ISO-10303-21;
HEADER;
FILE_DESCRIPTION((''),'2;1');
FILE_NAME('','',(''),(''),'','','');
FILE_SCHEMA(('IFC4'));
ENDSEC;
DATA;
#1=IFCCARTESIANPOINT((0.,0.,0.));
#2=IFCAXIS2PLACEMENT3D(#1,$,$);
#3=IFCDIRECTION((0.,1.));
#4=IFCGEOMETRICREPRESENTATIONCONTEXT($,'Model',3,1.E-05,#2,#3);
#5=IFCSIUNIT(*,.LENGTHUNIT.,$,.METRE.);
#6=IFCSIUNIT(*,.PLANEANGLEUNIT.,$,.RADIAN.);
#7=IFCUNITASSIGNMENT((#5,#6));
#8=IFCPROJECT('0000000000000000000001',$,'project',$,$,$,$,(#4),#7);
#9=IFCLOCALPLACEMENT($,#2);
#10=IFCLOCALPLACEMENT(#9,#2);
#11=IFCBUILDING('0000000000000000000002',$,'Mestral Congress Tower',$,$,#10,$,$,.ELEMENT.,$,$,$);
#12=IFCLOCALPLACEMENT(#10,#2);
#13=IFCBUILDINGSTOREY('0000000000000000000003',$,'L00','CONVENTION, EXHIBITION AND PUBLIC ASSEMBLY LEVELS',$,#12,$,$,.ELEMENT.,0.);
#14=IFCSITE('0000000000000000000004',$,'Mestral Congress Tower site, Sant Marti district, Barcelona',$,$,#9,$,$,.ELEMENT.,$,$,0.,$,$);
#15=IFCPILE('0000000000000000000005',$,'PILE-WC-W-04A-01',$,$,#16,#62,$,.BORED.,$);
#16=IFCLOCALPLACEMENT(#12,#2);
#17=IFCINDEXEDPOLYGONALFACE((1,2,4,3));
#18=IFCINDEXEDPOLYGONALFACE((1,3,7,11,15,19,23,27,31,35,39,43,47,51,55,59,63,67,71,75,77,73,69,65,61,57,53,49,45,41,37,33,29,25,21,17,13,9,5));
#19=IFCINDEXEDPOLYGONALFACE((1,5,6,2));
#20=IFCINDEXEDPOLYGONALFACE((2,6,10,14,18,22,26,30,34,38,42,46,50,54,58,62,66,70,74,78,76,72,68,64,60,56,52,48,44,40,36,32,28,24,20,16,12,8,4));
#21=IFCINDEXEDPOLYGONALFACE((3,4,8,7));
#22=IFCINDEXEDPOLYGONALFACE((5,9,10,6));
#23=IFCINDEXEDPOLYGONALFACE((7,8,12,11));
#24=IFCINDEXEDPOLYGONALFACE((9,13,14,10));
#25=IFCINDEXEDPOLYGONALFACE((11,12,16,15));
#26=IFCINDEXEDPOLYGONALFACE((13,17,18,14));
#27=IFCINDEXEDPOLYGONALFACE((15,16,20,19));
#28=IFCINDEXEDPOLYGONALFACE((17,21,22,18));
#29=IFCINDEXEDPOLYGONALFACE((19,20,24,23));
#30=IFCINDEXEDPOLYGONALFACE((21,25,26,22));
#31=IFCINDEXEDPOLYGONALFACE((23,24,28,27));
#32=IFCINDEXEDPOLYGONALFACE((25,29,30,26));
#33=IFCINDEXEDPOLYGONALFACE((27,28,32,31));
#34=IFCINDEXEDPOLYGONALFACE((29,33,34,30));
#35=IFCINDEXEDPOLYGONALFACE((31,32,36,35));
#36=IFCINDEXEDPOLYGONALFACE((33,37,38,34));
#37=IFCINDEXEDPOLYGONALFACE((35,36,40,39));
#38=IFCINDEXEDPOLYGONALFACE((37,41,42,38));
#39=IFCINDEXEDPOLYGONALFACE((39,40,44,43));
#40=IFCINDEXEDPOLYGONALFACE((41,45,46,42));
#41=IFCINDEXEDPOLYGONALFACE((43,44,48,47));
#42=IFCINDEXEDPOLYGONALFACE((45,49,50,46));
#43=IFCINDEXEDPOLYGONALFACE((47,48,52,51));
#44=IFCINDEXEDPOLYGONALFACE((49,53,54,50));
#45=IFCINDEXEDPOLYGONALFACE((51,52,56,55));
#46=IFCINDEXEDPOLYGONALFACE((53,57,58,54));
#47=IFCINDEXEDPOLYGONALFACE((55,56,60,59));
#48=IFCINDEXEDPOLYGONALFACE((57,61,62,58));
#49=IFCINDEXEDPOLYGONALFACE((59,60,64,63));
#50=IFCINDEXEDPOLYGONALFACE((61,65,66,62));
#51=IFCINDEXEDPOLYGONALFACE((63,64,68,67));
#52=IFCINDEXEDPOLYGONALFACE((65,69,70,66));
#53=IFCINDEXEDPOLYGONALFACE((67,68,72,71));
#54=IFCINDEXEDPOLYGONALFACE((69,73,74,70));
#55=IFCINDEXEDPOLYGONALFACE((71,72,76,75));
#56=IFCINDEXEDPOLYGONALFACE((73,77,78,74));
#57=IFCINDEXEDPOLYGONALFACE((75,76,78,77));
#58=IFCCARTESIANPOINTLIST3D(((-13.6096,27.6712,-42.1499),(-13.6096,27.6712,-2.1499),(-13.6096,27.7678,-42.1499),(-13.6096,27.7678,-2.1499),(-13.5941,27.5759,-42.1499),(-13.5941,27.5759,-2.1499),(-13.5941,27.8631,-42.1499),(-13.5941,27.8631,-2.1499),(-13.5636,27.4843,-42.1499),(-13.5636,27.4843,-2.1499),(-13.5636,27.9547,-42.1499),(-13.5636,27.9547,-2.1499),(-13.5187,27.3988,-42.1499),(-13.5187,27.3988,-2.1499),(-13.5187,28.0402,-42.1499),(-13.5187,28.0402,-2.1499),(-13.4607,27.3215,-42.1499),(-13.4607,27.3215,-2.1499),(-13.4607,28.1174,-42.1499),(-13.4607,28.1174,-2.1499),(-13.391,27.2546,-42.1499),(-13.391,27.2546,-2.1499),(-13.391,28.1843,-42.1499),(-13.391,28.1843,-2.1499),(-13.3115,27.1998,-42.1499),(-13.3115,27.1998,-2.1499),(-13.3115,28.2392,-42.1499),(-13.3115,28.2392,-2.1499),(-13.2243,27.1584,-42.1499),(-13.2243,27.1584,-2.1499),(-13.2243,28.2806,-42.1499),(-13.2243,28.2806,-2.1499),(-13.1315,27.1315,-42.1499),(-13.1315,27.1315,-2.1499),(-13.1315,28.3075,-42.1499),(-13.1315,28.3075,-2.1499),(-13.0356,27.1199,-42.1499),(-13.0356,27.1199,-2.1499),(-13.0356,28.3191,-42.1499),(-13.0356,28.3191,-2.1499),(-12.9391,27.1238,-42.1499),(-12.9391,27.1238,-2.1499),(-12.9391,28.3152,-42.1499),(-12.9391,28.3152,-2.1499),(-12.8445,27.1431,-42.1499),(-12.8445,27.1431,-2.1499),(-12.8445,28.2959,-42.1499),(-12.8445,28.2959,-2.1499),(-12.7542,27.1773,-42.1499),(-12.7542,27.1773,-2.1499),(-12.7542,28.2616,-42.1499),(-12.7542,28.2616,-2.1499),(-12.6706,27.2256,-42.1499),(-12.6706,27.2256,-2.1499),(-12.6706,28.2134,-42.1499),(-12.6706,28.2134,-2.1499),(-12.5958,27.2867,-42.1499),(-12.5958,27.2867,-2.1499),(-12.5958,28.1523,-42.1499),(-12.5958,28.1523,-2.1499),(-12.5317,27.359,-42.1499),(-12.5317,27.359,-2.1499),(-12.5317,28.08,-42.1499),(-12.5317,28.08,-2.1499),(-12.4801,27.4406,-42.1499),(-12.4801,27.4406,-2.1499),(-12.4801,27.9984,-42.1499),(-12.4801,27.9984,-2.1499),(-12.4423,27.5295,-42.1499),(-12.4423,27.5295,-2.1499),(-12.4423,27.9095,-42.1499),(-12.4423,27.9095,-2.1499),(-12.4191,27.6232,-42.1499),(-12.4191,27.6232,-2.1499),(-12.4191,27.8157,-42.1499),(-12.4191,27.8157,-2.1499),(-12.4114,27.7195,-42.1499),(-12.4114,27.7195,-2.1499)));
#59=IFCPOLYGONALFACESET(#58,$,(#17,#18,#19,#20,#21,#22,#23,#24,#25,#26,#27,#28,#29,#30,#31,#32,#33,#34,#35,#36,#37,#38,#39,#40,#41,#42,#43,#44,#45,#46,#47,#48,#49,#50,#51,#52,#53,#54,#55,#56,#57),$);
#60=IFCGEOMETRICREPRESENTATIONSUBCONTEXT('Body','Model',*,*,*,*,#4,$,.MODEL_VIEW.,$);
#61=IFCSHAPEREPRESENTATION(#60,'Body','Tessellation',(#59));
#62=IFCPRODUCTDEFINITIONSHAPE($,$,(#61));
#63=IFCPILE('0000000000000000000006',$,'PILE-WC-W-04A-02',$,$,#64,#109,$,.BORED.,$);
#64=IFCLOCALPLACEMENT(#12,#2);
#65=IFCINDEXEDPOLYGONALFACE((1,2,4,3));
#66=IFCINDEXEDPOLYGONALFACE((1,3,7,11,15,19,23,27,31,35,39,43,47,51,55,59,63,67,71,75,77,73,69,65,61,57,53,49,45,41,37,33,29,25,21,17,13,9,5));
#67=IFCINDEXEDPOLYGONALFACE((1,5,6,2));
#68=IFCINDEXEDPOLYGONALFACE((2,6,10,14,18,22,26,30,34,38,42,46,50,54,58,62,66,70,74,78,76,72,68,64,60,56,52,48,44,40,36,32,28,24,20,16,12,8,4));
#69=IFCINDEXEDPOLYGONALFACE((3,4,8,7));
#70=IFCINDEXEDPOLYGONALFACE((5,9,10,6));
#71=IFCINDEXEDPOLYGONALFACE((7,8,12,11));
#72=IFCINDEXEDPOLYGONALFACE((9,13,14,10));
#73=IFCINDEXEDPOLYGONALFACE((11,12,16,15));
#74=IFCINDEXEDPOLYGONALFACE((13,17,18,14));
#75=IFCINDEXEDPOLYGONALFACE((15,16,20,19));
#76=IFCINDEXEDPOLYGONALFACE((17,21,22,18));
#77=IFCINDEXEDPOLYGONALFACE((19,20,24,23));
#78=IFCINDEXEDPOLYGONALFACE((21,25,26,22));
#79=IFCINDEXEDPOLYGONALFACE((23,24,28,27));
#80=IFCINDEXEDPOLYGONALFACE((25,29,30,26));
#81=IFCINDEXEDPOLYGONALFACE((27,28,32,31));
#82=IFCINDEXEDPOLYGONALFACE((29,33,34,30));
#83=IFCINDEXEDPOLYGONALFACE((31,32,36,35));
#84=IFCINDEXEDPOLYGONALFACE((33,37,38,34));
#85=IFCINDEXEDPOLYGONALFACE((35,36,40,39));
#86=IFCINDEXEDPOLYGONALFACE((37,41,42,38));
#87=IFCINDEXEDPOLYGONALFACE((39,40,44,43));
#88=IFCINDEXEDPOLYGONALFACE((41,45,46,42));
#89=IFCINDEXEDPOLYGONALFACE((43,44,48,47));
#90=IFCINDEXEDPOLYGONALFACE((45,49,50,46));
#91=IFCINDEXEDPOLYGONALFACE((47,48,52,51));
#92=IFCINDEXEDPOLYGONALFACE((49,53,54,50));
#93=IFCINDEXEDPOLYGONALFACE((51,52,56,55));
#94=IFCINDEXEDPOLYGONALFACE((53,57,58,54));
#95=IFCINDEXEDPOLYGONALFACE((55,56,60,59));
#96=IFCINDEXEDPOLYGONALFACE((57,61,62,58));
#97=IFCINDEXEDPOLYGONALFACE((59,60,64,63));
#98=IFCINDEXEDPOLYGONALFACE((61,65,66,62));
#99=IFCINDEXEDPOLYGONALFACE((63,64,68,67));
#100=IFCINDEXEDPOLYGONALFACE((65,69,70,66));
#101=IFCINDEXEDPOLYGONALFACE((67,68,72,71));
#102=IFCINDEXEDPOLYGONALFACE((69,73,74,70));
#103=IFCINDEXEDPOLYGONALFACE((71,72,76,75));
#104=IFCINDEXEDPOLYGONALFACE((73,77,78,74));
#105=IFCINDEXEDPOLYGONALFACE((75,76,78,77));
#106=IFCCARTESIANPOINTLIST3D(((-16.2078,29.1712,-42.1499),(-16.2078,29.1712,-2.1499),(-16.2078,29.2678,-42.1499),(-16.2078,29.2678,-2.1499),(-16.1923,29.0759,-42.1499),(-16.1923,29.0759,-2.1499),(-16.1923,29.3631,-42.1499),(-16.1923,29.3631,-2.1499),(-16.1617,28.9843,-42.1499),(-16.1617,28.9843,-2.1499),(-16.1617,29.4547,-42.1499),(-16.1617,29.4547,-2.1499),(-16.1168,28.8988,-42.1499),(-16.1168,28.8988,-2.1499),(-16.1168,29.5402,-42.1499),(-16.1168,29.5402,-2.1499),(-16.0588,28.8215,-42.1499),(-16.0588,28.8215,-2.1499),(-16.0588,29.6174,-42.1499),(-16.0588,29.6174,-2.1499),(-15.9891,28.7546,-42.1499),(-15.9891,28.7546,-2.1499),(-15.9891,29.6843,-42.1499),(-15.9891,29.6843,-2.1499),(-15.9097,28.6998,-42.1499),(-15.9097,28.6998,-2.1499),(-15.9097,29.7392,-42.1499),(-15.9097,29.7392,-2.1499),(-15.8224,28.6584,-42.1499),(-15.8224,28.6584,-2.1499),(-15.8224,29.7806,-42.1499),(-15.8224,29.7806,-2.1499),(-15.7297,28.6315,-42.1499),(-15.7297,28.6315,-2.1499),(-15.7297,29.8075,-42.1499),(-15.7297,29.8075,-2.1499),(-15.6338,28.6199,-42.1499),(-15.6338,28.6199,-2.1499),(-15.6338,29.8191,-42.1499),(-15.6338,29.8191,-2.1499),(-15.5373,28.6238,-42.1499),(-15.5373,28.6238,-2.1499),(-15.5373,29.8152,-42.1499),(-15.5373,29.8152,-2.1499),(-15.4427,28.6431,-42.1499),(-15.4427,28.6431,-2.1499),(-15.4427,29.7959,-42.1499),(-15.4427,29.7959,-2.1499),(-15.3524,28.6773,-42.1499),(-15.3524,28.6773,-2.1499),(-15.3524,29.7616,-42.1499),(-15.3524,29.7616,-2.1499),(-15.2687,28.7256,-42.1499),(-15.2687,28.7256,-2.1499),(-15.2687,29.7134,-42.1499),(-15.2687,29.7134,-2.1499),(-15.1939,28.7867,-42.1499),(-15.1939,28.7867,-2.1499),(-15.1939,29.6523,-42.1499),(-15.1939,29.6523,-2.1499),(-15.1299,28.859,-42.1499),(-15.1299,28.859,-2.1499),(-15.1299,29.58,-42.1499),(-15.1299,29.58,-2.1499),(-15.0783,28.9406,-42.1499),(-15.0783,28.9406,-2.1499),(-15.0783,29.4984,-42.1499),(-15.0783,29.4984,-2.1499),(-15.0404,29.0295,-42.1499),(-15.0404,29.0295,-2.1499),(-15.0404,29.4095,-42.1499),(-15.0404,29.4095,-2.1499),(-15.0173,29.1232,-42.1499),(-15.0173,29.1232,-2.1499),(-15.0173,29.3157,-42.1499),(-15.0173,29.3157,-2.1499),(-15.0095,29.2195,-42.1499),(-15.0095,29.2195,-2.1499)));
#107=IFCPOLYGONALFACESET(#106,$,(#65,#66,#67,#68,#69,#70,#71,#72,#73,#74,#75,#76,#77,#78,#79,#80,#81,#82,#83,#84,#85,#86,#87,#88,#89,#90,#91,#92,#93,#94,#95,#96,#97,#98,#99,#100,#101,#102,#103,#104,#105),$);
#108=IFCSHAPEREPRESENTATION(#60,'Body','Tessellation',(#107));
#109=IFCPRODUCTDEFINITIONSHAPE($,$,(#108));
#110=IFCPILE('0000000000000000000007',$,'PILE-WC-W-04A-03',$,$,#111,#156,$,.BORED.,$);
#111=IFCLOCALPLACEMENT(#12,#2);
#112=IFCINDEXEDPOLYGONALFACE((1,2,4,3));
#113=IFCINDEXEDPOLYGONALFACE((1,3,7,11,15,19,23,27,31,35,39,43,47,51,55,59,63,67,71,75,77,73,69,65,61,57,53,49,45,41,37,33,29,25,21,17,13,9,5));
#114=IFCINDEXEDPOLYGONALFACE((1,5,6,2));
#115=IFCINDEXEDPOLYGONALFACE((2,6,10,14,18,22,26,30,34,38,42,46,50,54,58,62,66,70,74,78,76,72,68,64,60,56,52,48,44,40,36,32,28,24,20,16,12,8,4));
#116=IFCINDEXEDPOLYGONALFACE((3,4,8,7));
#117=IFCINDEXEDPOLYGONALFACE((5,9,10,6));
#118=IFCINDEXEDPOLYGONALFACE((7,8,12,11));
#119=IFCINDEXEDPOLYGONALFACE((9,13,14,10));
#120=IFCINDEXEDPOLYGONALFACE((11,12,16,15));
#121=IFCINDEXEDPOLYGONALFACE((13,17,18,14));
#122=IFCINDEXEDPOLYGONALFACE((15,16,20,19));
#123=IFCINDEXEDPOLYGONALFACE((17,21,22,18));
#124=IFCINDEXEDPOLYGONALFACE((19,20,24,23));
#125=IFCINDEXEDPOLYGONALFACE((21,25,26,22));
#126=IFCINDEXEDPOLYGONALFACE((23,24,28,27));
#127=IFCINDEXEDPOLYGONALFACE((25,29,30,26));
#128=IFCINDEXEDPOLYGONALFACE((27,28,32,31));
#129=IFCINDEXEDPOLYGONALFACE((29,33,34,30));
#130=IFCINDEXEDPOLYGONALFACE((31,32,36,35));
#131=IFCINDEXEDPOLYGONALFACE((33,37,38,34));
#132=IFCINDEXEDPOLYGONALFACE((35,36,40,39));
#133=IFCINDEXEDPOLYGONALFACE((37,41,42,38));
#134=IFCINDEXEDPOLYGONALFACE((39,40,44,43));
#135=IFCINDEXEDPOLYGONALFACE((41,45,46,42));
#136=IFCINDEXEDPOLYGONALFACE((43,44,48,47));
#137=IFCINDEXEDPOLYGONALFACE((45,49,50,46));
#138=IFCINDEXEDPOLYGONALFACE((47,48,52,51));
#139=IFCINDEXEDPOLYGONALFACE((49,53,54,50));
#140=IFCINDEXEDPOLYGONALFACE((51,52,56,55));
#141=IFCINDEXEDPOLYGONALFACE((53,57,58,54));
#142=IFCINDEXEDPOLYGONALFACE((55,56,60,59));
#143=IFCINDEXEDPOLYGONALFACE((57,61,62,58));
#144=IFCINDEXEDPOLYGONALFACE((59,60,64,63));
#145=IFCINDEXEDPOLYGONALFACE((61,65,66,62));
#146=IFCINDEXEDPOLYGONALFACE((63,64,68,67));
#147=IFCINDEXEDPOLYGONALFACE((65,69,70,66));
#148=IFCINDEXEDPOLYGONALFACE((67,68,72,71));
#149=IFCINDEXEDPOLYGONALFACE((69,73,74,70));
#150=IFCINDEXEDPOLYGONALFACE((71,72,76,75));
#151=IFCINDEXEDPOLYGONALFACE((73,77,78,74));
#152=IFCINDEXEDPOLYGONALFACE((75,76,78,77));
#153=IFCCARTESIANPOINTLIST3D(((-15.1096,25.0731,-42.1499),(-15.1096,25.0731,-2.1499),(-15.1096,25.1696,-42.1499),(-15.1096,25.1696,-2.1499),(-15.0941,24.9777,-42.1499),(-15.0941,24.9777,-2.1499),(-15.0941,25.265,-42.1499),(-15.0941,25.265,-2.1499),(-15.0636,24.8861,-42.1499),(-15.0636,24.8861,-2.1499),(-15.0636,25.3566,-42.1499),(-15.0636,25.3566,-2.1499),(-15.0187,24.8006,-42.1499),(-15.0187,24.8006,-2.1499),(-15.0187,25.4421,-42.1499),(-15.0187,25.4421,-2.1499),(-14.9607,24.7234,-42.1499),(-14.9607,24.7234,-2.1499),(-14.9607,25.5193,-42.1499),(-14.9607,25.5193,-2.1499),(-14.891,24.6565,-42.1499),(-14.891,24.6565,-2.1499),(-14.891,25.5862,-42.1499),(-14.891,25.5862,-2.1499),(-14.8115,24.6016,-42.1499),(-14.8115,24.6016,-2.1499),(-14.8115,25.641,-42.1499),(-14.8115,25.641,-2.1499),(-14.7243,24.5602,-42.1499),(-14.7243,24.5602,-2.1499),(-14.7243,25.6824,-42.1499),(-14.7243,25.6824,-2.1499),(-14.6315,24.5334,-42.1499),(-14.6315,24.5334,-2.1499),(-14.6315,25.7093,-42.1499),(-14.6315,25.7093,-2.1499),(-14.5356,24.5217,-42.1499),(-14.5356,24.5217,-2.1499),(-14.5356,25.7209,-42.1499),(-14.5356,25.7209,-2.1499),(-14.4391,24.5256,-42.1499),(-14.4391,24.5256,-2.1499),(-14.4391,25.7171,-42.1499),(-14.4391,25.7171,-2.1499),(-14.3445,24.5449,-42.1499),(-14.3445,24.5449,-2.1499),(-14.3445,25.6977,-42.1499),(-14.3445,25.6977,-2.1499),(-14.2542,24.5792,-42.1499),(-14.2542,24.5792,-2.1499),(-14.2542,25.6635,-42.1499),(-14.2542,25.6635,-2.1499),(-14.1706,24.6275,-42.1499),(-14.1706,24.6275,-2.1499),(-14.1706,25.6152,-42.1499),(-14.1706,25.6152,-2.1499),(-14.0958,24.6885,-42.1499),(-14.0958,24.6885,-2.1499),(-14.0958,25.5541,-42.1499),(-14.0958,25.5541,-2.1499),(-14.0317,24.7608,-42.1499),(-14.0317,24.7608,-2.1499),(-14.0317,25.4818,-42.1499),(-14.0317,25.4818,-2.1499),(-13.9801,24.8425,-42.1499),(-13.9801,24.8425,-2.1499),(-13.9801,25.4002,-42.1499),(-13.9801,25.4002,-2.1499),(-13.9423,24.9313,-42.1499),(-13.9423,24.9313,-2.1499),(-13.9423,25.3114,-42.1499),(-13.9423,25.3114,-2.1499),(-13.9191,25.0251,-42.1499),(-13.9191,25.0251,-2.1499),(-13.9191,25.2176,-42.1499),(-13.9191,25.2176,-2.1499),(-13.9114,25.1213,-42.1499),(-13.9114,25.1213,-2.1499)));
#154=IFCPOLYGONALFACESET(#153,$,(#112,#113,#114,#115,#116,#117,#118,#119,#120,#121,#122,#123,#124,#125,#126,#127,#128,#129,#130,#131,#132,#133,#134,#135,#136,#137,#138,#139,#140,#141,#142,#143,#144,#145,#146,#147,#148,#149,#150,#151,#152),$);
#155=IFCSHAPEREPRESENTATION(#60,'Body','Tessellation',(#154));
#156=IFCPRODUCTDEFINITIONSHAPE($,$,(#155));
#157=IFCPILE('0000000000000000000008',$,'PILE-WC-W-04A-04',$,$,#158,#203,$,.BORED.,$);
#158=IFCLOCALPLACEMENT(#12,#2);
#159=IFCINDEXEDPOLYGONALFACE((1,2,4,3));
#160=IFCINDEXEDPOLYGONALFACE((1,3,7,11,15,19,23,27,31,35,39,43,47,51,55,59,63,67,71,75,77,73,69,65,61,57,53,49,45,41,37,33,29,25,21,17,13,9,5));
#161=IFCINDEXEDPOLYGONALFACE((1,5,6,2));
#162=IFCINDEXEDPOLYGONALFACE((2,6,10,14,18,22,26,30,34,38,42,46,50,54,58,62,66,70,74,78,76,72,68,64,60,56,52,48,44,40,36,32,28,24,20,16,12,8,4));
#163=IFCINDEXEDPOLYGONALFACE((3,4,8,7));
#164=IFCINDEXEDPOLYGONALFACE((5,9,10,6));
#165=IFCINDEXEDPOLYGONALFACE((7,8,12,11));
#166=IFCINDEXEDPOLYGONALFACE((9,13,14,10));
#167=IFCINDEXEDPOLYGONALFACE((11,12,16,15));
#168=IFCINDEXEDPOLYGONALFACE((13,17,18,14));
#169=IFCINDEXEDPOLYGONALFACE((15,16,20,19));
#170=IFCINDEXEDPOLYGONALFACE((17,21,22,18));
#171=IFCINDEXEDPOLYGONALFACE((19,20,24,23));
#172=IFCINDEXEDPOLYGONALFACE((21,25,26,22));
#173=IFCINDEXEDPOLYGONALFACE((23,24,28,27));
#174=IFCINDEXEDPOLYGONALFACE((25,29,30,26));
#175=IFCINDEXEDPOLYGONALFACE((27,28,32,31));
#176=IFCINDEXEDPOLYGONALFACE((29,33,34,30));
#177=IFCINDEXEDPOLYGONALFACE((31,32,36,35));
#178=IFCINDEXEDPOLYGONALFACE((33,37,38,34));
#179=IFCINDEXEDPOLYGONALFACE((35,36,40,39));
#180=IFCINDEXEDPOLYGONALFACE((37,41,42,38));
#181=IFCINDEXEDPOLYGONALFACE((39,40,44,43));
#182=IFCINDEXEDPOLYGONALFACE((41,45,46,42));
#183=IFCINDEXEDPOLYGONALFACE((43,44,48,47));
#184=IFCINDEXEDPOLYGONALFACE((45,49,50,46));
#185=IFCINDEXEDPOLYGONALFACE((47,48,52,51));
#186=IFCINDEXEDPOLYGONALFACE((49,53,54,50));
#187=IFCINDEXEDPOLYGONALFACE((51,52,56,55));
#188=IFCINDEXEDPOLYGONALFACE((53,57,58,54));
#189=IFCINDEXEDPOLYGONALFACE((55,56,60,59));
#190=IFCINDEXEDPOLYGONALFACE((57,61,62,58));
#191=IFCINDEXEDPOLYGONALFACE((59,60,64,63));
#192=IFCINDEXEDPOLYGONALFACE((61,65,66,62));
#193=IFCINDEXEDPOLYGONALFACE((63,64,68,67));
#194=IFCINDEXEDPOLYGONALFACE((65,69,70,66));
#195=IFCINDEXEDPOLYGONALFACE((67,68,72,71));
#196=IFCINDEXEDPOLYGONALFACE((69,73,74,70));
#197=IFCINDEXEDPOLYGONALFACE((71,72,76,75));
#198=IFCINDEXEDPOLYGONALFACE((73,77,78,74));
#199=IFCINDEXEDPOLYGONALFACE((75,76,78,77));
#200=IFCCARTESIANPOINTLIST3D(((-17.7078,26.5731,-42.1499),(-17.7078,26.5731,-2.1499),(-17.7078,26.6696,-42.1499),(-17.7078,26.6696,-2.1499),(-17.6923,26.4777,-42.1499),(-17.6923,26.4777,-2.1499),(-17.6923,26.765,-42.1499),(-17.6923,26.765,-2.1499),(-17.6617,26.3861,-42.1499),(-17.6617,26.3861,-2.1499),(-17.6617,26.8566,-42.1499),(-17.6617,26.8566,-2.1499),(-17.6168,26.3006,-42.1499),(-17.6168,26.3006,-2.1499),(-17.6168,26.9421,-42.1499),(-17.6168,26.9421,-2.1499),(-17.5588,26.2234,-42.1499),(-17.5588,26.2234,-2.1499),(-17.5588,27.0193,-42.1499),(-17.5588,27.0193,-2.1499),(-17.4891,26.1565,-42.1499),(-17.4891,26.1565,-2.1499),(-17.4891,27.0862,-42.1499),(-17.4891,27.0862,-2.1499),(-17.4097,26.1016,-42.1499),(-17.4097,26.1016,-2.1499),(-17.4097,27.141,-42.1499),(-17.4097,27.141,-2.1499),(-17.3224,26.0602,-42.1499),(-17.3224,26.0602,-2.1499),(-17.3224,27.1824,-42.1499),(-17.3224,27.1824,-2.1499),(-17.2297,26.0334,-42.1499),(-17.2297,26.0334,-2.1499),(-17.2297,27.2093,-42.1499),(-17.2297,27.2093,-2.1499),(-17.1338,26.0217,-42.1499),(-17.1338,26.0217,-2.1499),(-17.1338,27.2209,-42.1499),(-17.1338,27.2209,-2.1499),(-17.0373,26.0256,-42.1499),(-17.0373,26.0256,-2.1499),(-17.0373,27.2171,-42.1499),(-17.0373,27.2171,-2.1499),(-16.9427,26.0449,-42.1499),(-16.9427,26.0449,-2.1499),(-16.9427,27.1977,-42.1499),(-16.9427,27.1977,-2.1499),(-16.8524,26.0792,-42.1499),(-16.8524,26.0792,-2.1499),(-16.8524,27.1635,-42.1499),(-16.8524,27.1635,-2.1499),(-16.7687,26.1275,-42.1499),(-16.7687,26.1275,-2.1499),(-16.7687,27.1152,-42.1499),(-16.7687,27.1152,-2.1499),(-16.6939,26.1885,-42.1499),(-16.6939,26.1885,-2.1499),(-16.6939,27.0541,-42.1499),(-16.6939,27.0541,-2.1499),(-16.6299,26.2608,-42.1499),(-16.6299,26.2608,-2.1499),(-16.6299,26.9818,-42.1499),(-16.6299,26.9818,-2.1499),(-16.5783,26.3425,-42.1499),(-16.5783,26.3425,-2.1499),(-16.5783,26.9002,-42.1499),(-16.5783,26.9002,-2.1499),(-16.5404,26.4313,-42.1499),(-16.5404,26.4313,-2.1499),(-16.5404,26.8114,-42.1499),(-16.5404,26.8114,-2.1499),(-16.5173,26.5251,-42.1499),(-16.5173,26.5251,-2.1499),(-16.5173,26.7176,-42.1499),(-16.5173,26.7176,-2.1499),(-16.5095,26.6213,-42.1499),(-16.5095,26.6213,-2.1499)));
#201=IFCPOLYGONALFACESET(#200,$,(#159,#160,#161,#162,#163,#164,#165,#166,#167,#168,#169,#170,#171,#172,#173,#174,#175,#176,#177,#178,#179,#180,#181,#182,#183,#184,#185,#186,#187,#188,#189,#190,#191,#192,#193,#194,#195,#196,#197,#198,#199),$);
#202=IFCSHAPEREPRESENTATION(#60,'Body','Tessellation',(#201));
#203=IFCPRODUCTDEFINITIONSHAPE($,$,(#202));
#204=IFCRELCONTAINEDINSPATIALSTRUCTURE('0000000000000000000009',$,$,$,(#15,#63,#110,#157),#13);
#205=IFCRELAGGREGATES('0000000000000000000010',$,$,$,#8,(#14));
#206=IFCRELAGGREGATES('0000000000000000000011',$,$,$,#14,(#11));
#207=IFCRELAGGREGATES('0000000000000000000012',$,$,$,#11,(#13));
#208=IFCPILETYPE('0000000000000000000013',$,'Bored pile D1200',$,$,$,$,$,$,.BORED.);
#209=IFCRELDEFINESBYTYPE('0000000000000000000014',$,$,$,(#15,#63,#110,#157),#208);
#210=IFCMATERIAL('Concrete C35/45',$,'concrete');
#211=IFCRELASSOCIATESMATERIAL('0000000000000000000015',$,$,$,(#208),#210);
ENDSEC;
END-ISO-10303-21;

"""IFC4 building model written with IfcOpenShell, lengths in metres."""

from ifc_helpers import new_model, si_unit, direction, frame, origin, origin_2d, place, context, subcontext, project, spatial, circle, extrude, material, material_profile, profile_set, type_object, element, save


model = new_model("IFC4")

# Units and contexts
model_context = context("Model", 3, precision=1e-05, world=origin(), true_north=direction((0.0, 1.0)))
body_context = subcontext(model_context, "Body", "Model", "MODEL_VIEW")
ifc_project = project(units=[si_unit("LENGTHUNIT", "METRE"), si_unit("PLANEANGLEUNIT", "RADIAN")], contexts=[model_context])

# Site, building, storey
site_placement = place(None, origin())
site = spatial("IfcSite", under=ifc_project, at=site_placement, Name="Mestral Congress Tower site, Sant Marti district, Barcelona", CompositionType="ELEMENT", RefElevation=0.0)
building_placement = place(site_placement, origin())
building = spatial("IfcBuilding", under=site, at=building_placement, Name="Mestral Congress Tower", CompositionType="ELEMENT")
storey_placement = place(building_placement, origin())
storey = spatial("IfcBuildingStorey", under=building, at=storey_placement, Name="L00", Description="CONVENTION, EXHIBITION AND PUBLIC ASSEMBLY LEVELS", CompositionType="ELEMENT", Elevation=0.0)

# Piles
ifc_material_1 = material(Name="Concrete C35/45", Category="concrete")
ifc_material_profile_1 = material_profile(ifc_material_1, circle(Radius=0.6001, at=origin_2d()), Name="D1200")
ifc_profile_set_1 = profile_set([ifc_material_profile_1], Name="Concrete C35/45")
pile_type_1 = type_object("IfcPileType", Name="Bored pile D1200", PredefinedType="BORED", material=ifc_profile_set_1)
for number, where, z_axis, x_axis, name in (
    (1, (-13.0115, 27.7195, -2.1499), (0.0, 0.0, -1.0), (1.0, 0.0, 0.0), "PILE-WC-W-04A-01"),
    (2, (-15.6096, 29.2195, -2.1499), (0.0, 0.0, -1.0), (1.0, 0.0, 0.0), "PILE-WC-W-04A-02"),
    (3, (-14.5115, 25.1213, -2.1499), (0.0, 0.0, -1.0), (1.0, 0.0, 0.0), "PILE-WC-W-04A-03"),
    (4, (-17.1096, 26.6213, -2.1499), (0.0, 0.0, -1.0), (1.0, 0.0, 0.0), "PILE-WC-W-04A-04"),
):
    element("IfcPile", number, at=place(storey_placement, frame(where, z_axis=z_axis, x_axis=x_axis)), inside=storey, type_object=pile_type_1, Name=name, PredefinedType="BORED", context=body_context, shape_type="SweptSolid", body=[
        extrude(circle(Radius=0.6001, at=origin_2d()), origin(), (0.0, 0.0, 1.0), 40.0),
    ])

save(model, "model.ifc")
